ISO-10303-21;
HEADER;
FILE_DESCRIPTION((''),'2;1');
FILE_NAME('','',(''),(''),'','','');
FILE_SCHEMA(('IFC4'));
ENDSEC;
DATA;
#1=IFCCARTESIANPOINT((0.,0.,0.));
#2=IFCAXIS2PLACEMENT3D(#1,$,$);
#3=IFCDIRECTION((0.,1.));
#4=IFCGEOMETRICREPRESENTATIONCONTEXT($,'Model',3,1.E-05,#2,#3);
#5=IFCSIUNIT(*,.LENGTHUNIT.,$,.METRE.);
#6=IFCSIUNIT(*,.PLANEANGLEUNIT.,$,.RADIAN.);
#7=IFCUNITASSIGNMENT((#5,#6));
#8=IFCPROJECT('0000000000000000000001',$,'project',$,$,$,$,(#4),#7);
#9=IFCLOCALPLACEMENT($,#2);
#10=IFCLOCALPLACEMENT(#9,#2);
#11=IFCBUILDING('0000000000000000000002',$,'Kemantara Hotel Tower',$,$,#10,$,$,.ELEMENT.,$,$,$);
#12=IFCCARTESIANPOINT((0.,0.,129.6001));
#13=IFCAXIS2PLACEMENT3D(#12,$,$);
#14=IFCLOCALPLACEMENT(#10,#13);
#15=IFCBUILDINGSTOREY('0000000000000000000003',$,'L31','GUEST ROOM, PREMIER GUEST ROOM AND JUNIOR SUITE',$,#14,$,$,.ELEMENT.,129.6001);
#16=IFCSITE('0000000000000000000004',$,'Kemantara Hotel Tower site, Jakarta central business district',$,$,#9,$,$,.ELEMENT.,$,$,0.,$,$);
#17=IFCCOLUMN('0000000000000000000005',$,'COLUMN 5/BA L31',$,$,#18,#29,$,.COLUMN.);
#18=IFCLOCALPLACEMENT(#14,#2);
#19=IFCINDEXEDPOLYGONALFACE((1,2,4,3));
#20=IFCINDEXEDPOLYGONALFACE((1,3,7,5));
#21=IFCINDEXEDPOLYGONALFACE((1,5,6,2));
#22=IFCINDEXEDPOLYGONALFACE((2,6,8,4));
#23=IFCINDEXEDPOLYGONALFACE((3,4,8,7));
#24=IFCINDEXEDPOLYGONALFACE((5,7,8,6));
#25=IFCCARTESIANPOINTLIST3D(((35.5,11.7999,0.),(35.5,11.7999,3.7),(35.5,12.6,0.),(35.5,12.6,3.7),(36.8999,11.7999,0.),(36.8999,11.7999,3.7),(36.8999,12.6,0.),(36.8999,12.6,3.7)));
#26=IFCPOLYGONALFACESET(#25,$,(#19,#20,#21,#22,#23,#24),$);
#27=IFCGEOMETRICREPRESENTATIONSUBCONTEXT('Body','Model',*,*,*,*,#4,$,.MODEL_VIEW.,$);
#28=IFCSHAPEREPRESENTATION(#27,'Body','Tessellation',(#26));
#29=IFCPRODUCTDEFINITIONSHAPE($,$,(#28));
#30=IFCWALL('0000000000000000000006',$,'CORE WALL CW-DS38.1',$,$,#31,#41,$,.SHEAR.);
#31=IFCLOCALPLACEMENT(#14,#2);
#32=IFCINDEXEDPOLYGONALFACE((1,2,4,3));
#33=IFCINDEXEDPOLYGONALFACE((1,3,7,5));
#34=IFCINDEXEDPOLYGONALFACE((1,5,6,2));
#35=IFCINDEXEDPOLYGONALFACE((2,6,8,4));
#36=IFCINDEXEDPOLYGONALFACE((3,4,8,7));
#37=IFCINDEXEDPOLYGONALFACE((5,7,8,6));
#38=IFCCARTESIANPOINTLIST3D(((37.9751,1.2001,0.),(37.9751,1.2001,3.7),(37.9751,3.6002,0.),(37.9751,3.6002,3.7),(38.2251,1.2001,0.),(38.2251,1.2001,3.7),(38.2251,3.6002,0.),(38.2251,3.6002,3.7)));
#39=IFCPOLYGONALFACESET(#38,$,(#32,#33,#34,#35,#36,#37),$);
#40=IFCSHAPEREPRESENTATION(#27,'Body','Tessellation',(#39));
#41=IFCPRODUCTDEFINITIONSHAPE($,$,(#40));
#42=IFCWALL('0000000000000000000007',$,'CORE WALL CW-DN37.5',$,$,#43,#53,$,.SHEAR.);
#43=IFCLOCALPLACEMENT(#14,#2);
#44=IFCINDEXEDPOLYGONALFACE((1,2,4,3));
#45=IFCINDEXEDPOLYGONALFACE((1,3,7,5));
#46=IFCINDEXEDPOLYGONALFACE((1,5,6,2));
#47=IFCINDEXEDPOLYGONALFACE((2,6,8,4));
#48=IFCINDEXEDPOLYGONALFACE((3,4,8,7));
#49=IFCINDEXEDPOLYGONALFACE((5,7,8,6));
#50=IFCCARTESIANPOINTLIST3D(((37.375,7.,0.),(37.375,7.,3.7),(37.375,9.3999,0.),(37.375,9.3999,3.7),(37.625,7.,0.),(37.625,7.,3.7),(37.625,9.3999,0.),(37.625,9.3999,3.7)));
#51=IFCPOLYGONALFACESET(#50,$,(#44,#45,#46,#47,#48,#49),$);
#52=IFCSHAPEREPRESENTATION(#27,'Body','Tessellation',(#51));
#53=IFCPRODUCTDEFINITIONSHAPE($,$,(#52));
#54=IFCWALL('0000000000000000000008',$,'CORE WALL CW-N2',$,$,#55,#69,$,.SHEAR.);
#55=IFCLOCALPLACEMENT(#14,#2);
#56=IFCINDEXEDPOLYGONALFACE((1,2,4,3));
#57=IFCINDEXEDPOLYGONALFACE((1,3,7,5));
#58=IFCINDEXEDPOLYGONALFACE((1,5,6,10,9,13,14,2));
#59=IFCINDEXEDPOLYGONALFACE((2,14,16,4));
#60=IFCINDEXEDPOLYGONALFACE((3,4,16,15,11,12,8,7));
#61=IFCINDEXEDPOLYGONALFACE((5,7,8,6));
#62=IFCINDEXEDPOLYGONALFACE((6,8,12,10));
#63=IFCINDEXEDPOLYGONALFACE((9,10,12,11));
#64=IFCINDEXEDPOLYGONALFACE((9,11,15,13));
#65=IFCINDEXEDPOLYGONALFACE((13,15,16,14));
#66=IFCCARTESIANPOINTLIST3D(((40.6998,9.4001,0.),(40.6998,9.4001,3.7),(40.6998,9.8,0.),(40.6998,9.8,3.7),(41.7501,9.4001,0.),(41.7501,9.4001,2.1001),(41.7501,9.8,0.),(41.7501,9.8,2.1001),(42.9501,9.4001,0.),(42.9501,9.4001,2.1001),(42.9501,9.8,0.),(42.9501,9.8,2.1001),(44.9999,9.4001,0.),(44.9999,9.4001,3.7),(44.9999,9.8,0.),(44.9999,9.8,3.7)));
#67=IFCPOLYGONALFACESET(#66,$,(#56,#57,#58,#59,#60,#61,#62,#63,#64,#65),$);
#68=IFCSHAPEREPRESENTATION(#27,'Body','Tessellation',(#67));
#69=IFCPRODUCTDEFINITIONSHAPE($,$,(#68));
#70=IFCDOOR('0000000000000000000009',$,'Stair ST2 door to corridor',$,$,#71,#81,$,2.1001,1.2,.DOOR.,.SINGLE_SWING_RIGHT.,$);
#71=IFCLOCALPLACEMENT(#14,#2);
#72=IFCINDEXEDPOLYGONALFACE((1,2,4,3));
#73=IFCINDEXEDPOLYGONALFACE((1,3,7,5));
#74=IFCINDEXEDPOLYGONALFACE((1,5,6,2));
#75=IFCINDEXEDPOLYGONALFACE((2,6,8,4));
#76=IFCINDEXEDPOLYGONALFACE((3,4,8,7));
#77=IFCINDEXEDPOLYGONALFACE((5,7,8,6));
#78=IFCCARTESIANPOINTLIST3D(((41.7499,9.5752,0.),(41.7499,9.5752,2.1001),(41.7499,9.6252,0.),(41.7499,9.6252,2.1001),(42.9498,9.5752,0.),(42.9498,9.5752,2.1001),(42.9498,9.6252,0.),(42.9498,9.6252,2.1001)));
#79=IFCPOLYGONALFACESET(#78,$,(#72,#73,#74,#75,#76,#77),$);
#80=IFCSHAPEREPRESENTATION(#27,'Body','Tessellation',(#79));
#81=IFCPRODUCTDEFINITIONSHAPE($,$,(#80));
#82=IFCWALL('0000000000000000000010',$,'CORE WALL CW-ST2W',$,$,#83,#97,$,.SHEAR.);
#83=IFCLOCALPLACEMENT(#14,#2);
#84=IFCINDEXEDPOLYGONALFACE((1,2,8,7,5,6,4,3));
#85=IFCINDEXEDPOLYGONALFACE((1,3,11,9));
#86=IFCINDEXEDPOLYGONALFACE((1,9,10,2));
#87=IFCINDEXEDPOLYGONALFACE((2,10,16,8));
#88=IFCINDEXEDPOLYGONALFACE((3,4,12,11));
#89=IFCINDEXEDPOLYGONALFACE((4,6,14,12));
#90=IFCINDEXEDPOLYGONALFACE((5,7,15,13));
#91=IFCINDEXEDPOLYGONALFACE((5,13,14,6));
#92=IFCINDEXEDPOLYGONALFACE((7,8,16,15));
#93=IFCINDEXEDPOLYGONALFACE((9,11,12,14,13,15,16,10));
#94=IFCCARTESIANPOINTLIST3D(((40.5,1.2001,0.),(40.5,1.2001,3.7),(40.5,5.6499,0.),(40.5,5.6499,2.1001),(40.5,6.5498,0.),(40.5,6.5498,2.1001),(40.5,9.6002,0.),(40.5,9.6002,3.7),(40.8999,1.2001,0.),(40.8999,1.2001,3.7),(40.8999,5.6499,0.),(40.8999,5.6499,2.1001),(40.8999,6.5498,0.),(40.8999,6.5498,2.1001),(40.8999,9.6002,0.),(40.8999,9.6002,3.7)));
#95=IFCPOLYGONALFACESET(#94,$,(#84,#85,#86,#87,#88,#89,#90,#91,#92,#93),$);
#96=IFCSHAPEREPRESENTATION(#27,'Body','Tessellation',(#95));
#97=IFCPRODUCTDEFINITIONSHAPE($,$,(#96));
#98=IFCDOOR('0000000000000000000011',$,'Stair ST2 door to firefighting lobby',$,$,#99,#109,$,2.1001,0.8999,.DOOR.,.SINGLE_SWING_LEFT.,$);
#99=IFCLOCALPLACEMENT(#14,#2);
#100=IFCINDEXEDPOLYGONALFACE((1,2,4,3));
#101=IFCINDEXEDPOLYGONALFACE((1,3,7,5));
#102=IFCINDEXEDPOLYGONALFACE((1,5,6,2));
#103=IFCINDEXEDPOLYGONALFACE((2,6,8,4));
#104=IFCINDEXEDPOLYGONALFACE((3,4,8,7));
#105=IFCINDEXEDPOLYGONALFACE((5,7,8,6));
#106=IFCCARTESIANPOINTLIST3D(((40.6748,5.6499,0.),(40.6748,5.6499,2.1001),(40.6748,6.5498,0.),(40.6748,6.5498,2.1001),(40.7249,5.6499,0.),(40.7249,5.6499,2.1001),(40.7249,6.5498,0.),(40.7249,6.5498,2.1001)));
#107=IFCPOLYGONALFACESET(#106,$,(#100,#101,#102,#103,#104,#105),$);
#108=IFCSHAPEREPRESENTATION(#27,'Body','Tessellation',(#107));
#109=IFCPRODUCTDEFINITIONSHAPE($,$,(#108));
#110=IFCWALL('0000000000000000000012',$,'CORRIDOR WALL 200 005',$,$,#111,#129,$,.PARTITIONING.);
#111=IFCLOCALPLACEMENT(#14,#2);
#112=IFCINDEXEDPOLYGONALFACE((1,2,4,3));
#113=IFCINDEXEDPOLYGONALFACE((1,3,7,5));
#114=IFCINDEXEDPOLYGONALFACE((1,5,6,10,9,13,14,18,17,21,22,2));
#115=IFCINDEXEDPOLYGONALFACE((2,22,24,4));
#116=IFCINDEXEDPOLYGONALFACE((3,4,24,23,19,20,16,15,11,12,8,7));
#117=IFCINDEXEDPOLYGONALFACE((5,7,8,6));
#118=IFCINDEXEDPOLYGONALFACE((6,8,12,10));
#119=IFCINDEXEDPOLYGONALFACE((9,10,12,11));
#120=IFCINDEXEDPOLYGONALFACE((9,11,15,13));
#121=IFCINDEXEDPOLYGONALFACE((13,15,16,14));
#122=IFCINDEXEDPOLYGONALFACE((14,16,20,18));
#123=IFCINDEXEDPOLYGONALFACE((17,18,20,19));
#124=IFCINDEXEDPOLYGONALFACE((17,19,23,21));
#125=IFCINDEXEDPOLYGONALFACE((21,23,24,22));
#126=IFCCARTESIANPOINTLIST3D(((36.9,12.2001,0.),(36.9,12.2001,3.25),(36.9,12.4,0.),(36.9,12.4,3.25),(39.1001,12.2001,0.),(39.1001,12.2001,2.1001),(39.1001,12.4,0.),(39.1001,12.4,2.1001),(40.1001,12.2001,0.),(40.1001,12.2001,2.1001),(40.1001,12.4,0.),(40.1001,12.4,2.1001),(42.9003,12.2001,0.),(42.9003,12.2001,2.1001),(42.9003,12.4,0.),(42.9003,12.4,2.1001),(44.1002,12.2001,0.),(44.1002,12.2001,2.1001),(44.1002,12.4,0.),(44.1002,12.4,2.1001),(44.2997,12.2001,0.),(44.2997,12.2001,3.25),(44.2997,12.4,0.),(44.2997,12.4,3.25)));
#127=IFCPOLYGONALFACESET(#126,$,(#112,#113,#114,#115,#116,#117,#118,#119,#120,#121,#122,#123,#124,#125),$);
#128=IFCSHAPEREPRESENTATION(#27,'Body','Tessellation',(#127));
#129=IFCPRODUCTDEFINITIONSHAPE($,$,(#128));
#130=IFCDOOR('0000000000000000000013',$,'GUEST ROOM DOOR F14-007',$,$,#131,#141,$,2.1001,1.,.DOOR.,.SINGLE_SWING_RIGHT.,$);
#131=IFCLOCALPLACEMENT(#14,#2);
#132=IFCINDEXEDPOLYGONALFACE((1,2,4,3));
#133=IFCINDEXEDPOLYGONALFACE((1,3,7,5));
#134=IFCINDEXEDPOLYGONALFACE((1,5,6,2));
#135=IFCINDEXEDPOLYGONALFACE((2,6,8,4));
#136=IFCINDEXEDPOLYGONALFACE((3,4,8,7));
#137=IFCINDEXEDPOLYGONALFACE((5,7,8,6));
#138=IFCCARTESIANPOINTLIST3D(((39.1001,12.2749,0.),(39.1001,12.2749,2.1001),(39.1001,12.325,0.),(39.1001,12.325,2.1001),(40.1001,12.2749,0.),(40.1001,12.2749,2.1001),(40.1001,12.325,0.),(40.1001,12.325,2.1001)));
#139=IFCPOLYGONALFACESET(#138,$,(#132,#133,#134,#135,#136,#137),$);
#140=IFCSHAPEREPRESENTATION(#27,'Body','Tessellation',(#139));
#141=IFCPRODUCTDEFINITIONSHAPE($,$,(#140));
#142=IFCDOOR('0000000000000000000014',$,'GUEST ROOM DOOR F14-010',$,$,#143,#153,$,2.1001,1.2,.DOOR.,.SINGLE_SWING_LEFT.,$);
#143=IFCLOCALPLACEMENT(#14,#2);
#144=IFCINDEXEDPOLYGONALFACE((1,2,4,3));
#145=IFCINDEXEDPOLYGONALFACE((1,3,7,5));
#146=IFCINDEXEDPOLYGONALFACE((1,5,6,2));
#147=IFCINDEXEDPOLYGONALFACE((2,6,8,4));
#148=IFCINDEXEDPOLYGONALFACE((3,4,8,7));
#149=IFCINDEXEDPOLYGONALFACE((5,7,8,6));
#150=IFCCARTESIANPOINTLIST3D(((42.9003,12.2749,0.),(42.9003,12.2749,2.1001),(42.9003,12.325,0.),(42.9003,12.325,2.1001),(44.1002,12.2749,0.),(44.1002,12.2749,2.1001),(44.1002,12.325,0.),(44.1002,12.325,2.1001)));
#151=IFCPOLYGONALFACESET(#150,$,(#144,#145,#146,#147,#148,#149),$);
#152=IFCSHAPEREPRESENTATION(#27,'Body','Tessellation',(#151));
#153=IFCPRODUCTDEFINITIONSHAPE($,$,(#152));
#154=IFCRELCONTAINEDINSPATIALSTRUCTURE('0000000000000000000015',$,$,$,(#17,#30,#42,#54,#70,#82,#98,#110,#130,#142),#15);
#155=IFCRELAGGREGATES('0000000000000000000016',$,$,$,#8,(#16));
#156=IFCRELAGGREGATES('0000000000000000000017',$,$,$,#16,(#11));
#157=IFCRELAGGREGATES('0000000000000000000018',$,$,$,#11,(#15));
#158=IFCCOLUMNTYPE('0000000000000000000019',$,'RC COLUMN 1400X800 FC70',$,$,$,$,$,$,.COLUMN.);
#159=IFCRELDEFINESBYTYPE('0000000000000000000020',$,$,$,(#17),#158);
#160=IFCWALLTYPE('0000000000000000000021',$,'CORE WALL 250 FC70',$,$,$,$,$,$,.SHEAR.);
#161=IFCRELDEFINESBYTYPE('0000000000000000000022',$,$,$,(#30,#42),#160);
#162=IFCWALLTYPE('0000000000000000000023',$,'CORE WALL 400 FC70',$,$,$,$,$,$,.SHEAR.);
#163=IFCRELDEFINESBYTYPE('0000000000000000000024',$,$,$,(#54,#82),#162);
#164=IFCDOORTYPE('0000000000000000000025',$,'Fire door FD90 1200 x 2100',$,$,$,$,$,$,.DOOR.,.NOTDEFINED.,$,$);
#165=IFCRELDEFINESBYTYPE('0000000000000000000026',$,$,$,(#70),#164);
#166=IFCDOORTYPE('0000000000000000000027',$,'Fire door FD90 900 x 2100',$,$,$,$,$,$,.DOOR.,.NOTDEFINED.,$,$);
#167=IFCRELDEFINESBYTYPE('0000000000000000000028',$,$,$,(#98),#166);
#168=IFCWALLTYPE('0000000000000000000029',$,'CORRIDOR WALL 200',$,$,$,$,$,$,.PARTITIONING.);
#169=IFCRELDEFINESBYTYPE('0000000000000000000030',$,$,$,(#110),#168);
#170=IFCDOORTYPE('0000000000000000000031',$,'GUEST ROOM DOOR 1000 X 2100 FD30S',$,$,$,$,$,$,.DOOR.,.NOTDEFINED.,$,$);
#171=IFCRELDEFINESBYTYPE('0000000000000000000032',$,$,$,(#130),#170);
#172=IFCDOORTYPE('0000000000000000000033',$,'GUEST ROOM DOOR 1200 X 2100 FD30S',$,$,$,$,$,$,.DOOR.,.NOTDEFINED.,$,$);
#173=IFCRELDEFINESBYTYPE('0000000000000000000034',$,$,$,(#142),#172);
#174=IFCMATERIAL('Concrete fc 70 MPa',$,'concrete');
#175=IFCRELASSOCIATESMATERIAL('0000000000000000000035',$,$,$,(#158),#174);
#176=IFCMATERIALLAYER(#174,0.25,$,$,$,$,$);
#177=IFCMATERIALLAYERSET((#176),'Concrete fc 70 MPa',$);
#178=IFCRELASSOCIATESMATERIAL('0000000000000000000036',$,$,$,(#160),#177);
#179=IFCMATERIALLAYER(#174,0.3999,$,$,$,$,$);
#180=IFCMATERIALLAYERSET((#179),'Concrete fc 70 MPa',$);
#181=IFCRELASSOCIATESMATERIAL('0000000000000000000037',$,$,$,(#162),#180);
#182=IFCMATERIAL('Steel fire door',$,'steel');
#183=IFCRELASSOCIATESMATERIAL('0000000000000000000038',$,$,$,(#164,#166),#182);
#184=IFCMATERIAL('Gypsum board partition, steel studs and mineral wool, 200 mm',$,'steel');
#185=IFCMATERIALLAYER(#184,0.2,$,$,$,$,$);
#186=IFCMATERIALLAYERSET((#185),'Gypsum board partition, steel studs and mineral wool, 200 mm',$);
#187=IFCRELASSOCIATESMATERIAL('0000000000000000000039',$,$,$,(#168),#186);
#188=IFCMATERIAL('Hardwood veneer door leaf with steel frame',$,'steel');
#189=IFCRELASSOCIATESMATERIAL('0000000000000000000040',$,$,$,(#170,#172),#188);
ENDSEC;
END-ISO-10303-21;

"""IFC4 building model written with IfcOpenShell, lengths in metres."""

from ifc_helpers import new_model, si_unit, direction, frame, frame_2d, origin, origin_2d, place, context, subcontext, project, spatial, rectangle, extrude, material, layer, layer_set, material_profile, profile_set, type_object, element, fill, save


model = new_model("IFC4")

# Units and contexts
model_context = context("Model", 3, precision=1e-05, world=origin(), true_north=direction((0.0, 1.0)))
body_context = subcontext(model_context, "Body", "Model", "MODEL_VIEW")
ifc_project = project(units=[si_unit("LENGTHUNIT", "METRE"), si_unit("PLANEANGLEUNIT", "RADIAN")], contexts=[model_context])

# Site, building, storey
site_placement = place(None, origin())
site = spatial("IfcSite", under=ifc_project, at=site_placement, Name="Kemantara Hotel Tower site, Jakarta central business district", CompositionType="ELEMENT", RefElevation=0.0)
building_placement = place(site_placement, origin())
building = spatial("IfcBuilding", under=site, at=building_placement, Name="Kemantara Hotel Tower", CompositionType="ELEMENT")
storey_placement = place(building_placement, frame((0.0, 0.0, 129.6001)))
storey = spatial("IfcBuildingStorey", under=building, at=storey_placement, Name="L31", Description="GUEST ROOM, PREMIER GUEST ROOM AND JUNIOR SUITE", CompositionType="ELEMENT", Elevation=129.6001)

# Column
ifc_material_1 = material(Name="Concrete fc 70 MPa", Category="concrete")
ifc_material_profile = material_profile(ifc_material_1, rectangle(XDim=1.3999, YDim=0.8, at=origin_2d()), Name="RC 1400X800")
ifc_profile_set = profile_set([ifc_material_profile], Name="Concrete fc 70 MPa")
column_type = type_object("IfcColumnType", Name="RC COLUMN 1400X800 FC70", PredefinedType="COLUMN", material=ifc_profile_set)
column_placement = place(storey_placement, frame((36.2, 12.2, 0.0), z_axis=(0.0, 0.0, 1.0), x_axis=(1.0, 0.0, 0.0)))
element("IfcColumn", 1, at=column_placement, inside=storey, type_object=column_type, Name="COLUMN 5/BA L31", PredefinedType="COLUMN", context=body_context, shape_type="SweptSolid", body=[
    extrude(rectangle(XDim=1.3999, YDim=0.8, at=origin_2d()), origin(), (0.0, 0.0, 1.0), 3.7),
])

# Walls
ifc_layer_1 = layer(ifc_material_1, 0.25)
ifc_layer_set_1 = layer_set([ifc_layer_1], Name="Concrete fc 70 MPa")
wall_type_1 = type_object("IfcWallType", Name="CORE WALL 250 FC70", PredefinedType="SHEAR", material=ifc_layer_set_1)
wall_1_placement = place(storey_placement, frame((38.1001, 1.2, 0.0), z_axis=(0.0, 0.0, 1.0), x_axis=(0.0, 1.0, 0.0)))
element("IfcWall", 2, at=wall_1_placement, inside=storey, type_object=wall_type_1, Name="CORE WALL CW-DS38.1", PredefinedType="SHEAR", context=body_context, shape_type="SweptSolid", body=[
    extrude(rectangle(XDim=2.4001, YDim=0.25, at=frame_2d((1.2002, 0.0))), origin(), (0.0, 0.0, 1.0), 3.7),
])
wall_2_placement = place(storey_placement, frame((37.5, 7.0, 0.0), z_axis=(0.0, 0.0, 1.0), x_axis=(0.0, 1.0, 0.0)))
element("IfcWall", 3, at=wall_2_placement, inside=storey, type_object=wall_type_1, Name="CORE WALL CW-DN37.5", PredefinedType="SHEAR", context=body_context, shape_type="SweptSolid", body=[
    extrude(rectangle(XDim=2.3999, YDim=0.25, at=frame_2d((1.2, 0.0))), origin(), (0.0, 0.0, 1.0), 3.7),
])

# Walls, openings, doors
ifc_layer_2 = layer(ifc_material_1, 0.3999)
ifc_layer_set_2 = layer_set([ifc_layer_2], Name="Concrete fc 70 MPa")
wall_type_2 = type_object("IfcWallType", Name="CORE WALL 400 FC70", PredefinedType="SHEAR", material=ifc_layer_set_2)
wall_3_placement = place(storey_placement, frame((40.7, 9.6001, 0.0), z_axis=(0.0, 0.0, 1.0), x_axis=(1.0, 0.0, 0.0)))
wall_3 = element("IfcWall", 4, at=wall_3_placement, inside=storey, type_object=wall_type_2, Name="CORE WALL CW-N2", PredefinedType="SHEAR", context=body_context, shape_type="SweptSolid", body=[
    extrude(rectangle(XDim=4.3, YDim=0.3999, at=frame_2d((2.1499, 0.0))), origin(), (0.0, 0.0, 1.0), 3.7),
])
opening_1_placement = place(wall_3_placement, frame((1.05, 0.0, 0.0)))
opening_1 = element("IfcOpeningElement", 5, at=opening_1_placement, cuts=wall_3, PredefinedType="OPENING", context=body_context, shape_type="SweptSolid", body=[
    extrude(rectangle(XDim=1.2, YDim=2.1001, at=frame_2d((0.6001, 1.05))), frame((0.0, 0.21, 0.0), z_axis=(0.0, -1.0, 0.0), x_axis=(1.0, 0.0, 0.0)), (0.0, 0.0, 1.0), 0.4199),
])
ifc_material_2 = material(Name="Steel fire door", Category="steel")
door_type_1 = type_object("IfcDoorType", Name="Fire door FD90 1200 x 2100", OperationType="NOTDEFINED", PredefinedType="DOOR", material=ifc_material_2)
door_1_placement = place(opening_1_placement, frame((1.2, 0.0, 0.0), z_axis=(0.0, 0.0, 1.0), x_axis=(-1.0, 0.0, 0.0)))
door_1 = element("IfcDoor", 6, at=door_1_placement, inside=storey, type_object=door_type_1, Name="Stair ST2 door to corridor", OperationType="SINGLE_SWING_RIGHT", OverallHeight=2.1001, OverallWidth=1.2, PredefinedType="DOOR", context=body_context, shape_type="SweptSolid", body=[
    extrude(rectangle(XDim=1.2, YDim=2.1001, at=frame_2d((0.6001, 1.05))), frame((0.0, 0.0249, 0.0), z_axis=(0.0, -1.0, 0.0), x_axis=(1.0, 0.0, 0.0)), (0.0, 0.0, 1.0), 0.05),
])
fill(opening_1, door_1)
wall_4_placement = place(storey_placement, frame((40.7, 1.2, 0.0), z_axis=(0.0, 0.0, 1.0), x_axis=(0.0, 1.0, 0.0)))
wall_4 = element("IfcWall", 7, at=wall_4_placement, inside=storey, type_object=wall_type_2, Name="CORE WALL CW-ST2W", PredefinedType="SHEAR", context=body_context, shape_type="SweptSolid", body=[
    extrude(rectangle(XDim=8.4001, YDim=0.3999, at=frame_2d((4.2002, 0.0))), origin(), (0.0, 0.0, 1.0), 3.7),
])
opening_2_placement = place(wall_4_placement, frame((4.45, 0.0, 0.0)))
opening_2 = element("IfcOpeningElement", 8, at=opening_2_placement, cuts=wall_4, PredefinedType="OPENING", context=body_context, shape_type="SweptSolid", body=[
    extrude(rectangle(XDim=0.8999, YDim=2.1001, at=frame_2d((0.45, 1.05))), frame((0.0, 0.21, 0.0), z_axis=(0.0, -1.0, 0.0), x_axis=(1.0, 0.0, 0.0)), (0.0, 0.0, 1.0), 0.4199),
])
door_type_2 = type_object("IfcDoorType", Name="Fire door FD90 900 x 2100", OperationType="NOTDEFINED", PredefinedType="DOOR", material=ifc_material_2)
door_2_placement = place(opening_2_placement, frame((0.8999, 0.0, 0.0), z_axis=(0.0, 0.0, 1.0), x_axis=(-1.0, 0.0, 0.0)))
door_2 = element("IfcDoor", 9, at=door_2_placement, inside=storey, type_object=door_type_2, Name="Stair ST2 door to firefighting lobby", OperationType="SINGLE_SWING_LEFT", OverallHeight=2.1001, OverallWidth=0.8999, PredefinedType="DOOR", context=body_context, shape_type="SweptSolid", body=[
    extrude(rectangle(XDim=0.8999, YDim=2.1001, at=frame_2d((0.45, 1.05))), frame((0.0, 0.0249, 0.0), z_axis=(0.0, -1.0, 0.0), x_axis=(1.0, 0.0, 0.0)), (0.0, 0.0, 1.0), 0.05),
])
fill(opening_2, door_2)

# Wall, openings, doors
ifc_material_3 = material(Name="Gypsum board partition, steel studs and mineral wool, 200 mm", Category="steel")
ifc_layer_3 = layer(ifc_material_3, 0.2)
ifc_layer_set_3 = layer_set([ifc_layer_3], Name="Gypsum board partition, steel studs and mineral wool, 200 mm")
wall_type_3 = type_object("IfcWallType", Name="CORRIDOR WALL 200", PredefinedType="PARTITIONING", material=ifc_layer_set_3)
wall_5_placement = place(storey_placement, frame((36.9001, 12.3, 0.0), z_axis=(0.0, 0.0, 1.0), x_axis=(1.0, 0.0, 0.0)))
wall_5 = element("IfcWall", 10, at=wall_5_placement, inside=storey, type_object=wall_type_3, Name="CORRIDOR WALL 200 005", PredefinedType="PARTITIONING", context=body_context, shape_type="SweptSolid", body=[
    extrude(rectangle(XDim=7.3997, YDim=0.2, at=frame_2d((3.6997, 0.0))), origin(), (0.0, 0.0, 1.0), 3.25),
])
opening_3_placement = place(wall_5_placement, frame((2.2, 0.0, 0.0)))
opening_3 = element("IfcOpeningElement", 11, at=opening_3_placement, cuts=wall_5, PredefinedType="OPENING", context=body_context, shape_type="SweptSolid", body=[
    extrude(rectangle(XDim=1.0, YDim=2.1001, at=frame_2d((0.5, 1.05))), frame((0.0, 0.1099, 0.0), z_axis=(0.0, -1.0, 0.0), x_axis=(1.0, 0.0, 0.0)), (0.0, 0.0, 1.0), 0.22),
])
opening_4_placement = place(wall_5_placement, frame((6.0, 0.0, 0.0)))
opening_4 = element("IfcOpeningElement", 12, at=opening_4_placement, cuts=wall_5, PredefinedType="OPENING", context=body_context, shape_type="SweptSolid", body=[
    extrude(rectangle(XDim=1.2, YDim=2.1001, at=frame_2d((0.6001, 1.05))), frame((0.0, 0.1099, 0.0), z_axis=(0.0, -1.0, 0.0), x_axis=(1.0, 0.0, 0.0)), (0.0, 0.0, 1.0), 0.22),
])
ifc_material_4 = material(Name="Hardwood veneer door leaf with steel frame", Category="steel")
door_type_3 = type_object("IfcDoorType", Name="GUEST ROOM DOOR 1000 X 2100 FD30S", OperationType="NOTDEFINED", PredefinedType="DOOR", material=ifc_material_4)
door_3_placement = place(opening_3_placement, origin())
door_3 = element("IfcDoor", 13, at=door_3_placement, inside=storey, type_object=door_type_3, Name="GUEST ROOM DOOR F14-007", OperationType="SINGLE_SWING_RIGHT", OverallHeight=2.1001, OverallWidth=1.0, PredefinedType="DOOR", context=body_context, shape_type="SweptSolid", body=[
    extrude(rectangle(XDim=1.0, YDim=2.1001, at=frame_2d((0.5, 1.05))), frame((0.0, 0.0249, 0.0), z_axis=(0.0, -1.0, 0.0), x_axis=(1.0, 0.0, 0.0)), (0.0, 0.0, 1.0), 0.05),
])
fill(opening_3, door_3)
door_type_4 = type_object("IfcDoorType", Name="GUEST ROOM DOOR 1200 X 2100 FD30S", OperationType="NOTDEFINED", PredefinedType="DOOR", material=ifc_material_4)
door_4_placement = place(opening_4_placement, origin())
door_4 = element("IfcDoor", 14, at=door_4_placement, inside=storey, type_object=door_type_4, Name="GUEST ROOM DOOR F14-010", OperationType="SINGLE_SWING_LEFT", OverallHeight=2.1001, OverallWidth=1.2, PredefinedType="DOOR", context=body_context, shape_type="SweptSolid", body=[
    extrude(rectangle(XDim=1.2, YDim=2.1001, at=frame_2d((0.6001, 1.05))), frame((0.0, 0.0249, 0.0), z_axis=(0.0, -1.0, 0.0), x_axis=(1.0, 0.0, 0.0)), (0.0, 0.0, 1.0), 0.05),
])
fill(opening_4, door_4)

save(model, "model.ifc")
